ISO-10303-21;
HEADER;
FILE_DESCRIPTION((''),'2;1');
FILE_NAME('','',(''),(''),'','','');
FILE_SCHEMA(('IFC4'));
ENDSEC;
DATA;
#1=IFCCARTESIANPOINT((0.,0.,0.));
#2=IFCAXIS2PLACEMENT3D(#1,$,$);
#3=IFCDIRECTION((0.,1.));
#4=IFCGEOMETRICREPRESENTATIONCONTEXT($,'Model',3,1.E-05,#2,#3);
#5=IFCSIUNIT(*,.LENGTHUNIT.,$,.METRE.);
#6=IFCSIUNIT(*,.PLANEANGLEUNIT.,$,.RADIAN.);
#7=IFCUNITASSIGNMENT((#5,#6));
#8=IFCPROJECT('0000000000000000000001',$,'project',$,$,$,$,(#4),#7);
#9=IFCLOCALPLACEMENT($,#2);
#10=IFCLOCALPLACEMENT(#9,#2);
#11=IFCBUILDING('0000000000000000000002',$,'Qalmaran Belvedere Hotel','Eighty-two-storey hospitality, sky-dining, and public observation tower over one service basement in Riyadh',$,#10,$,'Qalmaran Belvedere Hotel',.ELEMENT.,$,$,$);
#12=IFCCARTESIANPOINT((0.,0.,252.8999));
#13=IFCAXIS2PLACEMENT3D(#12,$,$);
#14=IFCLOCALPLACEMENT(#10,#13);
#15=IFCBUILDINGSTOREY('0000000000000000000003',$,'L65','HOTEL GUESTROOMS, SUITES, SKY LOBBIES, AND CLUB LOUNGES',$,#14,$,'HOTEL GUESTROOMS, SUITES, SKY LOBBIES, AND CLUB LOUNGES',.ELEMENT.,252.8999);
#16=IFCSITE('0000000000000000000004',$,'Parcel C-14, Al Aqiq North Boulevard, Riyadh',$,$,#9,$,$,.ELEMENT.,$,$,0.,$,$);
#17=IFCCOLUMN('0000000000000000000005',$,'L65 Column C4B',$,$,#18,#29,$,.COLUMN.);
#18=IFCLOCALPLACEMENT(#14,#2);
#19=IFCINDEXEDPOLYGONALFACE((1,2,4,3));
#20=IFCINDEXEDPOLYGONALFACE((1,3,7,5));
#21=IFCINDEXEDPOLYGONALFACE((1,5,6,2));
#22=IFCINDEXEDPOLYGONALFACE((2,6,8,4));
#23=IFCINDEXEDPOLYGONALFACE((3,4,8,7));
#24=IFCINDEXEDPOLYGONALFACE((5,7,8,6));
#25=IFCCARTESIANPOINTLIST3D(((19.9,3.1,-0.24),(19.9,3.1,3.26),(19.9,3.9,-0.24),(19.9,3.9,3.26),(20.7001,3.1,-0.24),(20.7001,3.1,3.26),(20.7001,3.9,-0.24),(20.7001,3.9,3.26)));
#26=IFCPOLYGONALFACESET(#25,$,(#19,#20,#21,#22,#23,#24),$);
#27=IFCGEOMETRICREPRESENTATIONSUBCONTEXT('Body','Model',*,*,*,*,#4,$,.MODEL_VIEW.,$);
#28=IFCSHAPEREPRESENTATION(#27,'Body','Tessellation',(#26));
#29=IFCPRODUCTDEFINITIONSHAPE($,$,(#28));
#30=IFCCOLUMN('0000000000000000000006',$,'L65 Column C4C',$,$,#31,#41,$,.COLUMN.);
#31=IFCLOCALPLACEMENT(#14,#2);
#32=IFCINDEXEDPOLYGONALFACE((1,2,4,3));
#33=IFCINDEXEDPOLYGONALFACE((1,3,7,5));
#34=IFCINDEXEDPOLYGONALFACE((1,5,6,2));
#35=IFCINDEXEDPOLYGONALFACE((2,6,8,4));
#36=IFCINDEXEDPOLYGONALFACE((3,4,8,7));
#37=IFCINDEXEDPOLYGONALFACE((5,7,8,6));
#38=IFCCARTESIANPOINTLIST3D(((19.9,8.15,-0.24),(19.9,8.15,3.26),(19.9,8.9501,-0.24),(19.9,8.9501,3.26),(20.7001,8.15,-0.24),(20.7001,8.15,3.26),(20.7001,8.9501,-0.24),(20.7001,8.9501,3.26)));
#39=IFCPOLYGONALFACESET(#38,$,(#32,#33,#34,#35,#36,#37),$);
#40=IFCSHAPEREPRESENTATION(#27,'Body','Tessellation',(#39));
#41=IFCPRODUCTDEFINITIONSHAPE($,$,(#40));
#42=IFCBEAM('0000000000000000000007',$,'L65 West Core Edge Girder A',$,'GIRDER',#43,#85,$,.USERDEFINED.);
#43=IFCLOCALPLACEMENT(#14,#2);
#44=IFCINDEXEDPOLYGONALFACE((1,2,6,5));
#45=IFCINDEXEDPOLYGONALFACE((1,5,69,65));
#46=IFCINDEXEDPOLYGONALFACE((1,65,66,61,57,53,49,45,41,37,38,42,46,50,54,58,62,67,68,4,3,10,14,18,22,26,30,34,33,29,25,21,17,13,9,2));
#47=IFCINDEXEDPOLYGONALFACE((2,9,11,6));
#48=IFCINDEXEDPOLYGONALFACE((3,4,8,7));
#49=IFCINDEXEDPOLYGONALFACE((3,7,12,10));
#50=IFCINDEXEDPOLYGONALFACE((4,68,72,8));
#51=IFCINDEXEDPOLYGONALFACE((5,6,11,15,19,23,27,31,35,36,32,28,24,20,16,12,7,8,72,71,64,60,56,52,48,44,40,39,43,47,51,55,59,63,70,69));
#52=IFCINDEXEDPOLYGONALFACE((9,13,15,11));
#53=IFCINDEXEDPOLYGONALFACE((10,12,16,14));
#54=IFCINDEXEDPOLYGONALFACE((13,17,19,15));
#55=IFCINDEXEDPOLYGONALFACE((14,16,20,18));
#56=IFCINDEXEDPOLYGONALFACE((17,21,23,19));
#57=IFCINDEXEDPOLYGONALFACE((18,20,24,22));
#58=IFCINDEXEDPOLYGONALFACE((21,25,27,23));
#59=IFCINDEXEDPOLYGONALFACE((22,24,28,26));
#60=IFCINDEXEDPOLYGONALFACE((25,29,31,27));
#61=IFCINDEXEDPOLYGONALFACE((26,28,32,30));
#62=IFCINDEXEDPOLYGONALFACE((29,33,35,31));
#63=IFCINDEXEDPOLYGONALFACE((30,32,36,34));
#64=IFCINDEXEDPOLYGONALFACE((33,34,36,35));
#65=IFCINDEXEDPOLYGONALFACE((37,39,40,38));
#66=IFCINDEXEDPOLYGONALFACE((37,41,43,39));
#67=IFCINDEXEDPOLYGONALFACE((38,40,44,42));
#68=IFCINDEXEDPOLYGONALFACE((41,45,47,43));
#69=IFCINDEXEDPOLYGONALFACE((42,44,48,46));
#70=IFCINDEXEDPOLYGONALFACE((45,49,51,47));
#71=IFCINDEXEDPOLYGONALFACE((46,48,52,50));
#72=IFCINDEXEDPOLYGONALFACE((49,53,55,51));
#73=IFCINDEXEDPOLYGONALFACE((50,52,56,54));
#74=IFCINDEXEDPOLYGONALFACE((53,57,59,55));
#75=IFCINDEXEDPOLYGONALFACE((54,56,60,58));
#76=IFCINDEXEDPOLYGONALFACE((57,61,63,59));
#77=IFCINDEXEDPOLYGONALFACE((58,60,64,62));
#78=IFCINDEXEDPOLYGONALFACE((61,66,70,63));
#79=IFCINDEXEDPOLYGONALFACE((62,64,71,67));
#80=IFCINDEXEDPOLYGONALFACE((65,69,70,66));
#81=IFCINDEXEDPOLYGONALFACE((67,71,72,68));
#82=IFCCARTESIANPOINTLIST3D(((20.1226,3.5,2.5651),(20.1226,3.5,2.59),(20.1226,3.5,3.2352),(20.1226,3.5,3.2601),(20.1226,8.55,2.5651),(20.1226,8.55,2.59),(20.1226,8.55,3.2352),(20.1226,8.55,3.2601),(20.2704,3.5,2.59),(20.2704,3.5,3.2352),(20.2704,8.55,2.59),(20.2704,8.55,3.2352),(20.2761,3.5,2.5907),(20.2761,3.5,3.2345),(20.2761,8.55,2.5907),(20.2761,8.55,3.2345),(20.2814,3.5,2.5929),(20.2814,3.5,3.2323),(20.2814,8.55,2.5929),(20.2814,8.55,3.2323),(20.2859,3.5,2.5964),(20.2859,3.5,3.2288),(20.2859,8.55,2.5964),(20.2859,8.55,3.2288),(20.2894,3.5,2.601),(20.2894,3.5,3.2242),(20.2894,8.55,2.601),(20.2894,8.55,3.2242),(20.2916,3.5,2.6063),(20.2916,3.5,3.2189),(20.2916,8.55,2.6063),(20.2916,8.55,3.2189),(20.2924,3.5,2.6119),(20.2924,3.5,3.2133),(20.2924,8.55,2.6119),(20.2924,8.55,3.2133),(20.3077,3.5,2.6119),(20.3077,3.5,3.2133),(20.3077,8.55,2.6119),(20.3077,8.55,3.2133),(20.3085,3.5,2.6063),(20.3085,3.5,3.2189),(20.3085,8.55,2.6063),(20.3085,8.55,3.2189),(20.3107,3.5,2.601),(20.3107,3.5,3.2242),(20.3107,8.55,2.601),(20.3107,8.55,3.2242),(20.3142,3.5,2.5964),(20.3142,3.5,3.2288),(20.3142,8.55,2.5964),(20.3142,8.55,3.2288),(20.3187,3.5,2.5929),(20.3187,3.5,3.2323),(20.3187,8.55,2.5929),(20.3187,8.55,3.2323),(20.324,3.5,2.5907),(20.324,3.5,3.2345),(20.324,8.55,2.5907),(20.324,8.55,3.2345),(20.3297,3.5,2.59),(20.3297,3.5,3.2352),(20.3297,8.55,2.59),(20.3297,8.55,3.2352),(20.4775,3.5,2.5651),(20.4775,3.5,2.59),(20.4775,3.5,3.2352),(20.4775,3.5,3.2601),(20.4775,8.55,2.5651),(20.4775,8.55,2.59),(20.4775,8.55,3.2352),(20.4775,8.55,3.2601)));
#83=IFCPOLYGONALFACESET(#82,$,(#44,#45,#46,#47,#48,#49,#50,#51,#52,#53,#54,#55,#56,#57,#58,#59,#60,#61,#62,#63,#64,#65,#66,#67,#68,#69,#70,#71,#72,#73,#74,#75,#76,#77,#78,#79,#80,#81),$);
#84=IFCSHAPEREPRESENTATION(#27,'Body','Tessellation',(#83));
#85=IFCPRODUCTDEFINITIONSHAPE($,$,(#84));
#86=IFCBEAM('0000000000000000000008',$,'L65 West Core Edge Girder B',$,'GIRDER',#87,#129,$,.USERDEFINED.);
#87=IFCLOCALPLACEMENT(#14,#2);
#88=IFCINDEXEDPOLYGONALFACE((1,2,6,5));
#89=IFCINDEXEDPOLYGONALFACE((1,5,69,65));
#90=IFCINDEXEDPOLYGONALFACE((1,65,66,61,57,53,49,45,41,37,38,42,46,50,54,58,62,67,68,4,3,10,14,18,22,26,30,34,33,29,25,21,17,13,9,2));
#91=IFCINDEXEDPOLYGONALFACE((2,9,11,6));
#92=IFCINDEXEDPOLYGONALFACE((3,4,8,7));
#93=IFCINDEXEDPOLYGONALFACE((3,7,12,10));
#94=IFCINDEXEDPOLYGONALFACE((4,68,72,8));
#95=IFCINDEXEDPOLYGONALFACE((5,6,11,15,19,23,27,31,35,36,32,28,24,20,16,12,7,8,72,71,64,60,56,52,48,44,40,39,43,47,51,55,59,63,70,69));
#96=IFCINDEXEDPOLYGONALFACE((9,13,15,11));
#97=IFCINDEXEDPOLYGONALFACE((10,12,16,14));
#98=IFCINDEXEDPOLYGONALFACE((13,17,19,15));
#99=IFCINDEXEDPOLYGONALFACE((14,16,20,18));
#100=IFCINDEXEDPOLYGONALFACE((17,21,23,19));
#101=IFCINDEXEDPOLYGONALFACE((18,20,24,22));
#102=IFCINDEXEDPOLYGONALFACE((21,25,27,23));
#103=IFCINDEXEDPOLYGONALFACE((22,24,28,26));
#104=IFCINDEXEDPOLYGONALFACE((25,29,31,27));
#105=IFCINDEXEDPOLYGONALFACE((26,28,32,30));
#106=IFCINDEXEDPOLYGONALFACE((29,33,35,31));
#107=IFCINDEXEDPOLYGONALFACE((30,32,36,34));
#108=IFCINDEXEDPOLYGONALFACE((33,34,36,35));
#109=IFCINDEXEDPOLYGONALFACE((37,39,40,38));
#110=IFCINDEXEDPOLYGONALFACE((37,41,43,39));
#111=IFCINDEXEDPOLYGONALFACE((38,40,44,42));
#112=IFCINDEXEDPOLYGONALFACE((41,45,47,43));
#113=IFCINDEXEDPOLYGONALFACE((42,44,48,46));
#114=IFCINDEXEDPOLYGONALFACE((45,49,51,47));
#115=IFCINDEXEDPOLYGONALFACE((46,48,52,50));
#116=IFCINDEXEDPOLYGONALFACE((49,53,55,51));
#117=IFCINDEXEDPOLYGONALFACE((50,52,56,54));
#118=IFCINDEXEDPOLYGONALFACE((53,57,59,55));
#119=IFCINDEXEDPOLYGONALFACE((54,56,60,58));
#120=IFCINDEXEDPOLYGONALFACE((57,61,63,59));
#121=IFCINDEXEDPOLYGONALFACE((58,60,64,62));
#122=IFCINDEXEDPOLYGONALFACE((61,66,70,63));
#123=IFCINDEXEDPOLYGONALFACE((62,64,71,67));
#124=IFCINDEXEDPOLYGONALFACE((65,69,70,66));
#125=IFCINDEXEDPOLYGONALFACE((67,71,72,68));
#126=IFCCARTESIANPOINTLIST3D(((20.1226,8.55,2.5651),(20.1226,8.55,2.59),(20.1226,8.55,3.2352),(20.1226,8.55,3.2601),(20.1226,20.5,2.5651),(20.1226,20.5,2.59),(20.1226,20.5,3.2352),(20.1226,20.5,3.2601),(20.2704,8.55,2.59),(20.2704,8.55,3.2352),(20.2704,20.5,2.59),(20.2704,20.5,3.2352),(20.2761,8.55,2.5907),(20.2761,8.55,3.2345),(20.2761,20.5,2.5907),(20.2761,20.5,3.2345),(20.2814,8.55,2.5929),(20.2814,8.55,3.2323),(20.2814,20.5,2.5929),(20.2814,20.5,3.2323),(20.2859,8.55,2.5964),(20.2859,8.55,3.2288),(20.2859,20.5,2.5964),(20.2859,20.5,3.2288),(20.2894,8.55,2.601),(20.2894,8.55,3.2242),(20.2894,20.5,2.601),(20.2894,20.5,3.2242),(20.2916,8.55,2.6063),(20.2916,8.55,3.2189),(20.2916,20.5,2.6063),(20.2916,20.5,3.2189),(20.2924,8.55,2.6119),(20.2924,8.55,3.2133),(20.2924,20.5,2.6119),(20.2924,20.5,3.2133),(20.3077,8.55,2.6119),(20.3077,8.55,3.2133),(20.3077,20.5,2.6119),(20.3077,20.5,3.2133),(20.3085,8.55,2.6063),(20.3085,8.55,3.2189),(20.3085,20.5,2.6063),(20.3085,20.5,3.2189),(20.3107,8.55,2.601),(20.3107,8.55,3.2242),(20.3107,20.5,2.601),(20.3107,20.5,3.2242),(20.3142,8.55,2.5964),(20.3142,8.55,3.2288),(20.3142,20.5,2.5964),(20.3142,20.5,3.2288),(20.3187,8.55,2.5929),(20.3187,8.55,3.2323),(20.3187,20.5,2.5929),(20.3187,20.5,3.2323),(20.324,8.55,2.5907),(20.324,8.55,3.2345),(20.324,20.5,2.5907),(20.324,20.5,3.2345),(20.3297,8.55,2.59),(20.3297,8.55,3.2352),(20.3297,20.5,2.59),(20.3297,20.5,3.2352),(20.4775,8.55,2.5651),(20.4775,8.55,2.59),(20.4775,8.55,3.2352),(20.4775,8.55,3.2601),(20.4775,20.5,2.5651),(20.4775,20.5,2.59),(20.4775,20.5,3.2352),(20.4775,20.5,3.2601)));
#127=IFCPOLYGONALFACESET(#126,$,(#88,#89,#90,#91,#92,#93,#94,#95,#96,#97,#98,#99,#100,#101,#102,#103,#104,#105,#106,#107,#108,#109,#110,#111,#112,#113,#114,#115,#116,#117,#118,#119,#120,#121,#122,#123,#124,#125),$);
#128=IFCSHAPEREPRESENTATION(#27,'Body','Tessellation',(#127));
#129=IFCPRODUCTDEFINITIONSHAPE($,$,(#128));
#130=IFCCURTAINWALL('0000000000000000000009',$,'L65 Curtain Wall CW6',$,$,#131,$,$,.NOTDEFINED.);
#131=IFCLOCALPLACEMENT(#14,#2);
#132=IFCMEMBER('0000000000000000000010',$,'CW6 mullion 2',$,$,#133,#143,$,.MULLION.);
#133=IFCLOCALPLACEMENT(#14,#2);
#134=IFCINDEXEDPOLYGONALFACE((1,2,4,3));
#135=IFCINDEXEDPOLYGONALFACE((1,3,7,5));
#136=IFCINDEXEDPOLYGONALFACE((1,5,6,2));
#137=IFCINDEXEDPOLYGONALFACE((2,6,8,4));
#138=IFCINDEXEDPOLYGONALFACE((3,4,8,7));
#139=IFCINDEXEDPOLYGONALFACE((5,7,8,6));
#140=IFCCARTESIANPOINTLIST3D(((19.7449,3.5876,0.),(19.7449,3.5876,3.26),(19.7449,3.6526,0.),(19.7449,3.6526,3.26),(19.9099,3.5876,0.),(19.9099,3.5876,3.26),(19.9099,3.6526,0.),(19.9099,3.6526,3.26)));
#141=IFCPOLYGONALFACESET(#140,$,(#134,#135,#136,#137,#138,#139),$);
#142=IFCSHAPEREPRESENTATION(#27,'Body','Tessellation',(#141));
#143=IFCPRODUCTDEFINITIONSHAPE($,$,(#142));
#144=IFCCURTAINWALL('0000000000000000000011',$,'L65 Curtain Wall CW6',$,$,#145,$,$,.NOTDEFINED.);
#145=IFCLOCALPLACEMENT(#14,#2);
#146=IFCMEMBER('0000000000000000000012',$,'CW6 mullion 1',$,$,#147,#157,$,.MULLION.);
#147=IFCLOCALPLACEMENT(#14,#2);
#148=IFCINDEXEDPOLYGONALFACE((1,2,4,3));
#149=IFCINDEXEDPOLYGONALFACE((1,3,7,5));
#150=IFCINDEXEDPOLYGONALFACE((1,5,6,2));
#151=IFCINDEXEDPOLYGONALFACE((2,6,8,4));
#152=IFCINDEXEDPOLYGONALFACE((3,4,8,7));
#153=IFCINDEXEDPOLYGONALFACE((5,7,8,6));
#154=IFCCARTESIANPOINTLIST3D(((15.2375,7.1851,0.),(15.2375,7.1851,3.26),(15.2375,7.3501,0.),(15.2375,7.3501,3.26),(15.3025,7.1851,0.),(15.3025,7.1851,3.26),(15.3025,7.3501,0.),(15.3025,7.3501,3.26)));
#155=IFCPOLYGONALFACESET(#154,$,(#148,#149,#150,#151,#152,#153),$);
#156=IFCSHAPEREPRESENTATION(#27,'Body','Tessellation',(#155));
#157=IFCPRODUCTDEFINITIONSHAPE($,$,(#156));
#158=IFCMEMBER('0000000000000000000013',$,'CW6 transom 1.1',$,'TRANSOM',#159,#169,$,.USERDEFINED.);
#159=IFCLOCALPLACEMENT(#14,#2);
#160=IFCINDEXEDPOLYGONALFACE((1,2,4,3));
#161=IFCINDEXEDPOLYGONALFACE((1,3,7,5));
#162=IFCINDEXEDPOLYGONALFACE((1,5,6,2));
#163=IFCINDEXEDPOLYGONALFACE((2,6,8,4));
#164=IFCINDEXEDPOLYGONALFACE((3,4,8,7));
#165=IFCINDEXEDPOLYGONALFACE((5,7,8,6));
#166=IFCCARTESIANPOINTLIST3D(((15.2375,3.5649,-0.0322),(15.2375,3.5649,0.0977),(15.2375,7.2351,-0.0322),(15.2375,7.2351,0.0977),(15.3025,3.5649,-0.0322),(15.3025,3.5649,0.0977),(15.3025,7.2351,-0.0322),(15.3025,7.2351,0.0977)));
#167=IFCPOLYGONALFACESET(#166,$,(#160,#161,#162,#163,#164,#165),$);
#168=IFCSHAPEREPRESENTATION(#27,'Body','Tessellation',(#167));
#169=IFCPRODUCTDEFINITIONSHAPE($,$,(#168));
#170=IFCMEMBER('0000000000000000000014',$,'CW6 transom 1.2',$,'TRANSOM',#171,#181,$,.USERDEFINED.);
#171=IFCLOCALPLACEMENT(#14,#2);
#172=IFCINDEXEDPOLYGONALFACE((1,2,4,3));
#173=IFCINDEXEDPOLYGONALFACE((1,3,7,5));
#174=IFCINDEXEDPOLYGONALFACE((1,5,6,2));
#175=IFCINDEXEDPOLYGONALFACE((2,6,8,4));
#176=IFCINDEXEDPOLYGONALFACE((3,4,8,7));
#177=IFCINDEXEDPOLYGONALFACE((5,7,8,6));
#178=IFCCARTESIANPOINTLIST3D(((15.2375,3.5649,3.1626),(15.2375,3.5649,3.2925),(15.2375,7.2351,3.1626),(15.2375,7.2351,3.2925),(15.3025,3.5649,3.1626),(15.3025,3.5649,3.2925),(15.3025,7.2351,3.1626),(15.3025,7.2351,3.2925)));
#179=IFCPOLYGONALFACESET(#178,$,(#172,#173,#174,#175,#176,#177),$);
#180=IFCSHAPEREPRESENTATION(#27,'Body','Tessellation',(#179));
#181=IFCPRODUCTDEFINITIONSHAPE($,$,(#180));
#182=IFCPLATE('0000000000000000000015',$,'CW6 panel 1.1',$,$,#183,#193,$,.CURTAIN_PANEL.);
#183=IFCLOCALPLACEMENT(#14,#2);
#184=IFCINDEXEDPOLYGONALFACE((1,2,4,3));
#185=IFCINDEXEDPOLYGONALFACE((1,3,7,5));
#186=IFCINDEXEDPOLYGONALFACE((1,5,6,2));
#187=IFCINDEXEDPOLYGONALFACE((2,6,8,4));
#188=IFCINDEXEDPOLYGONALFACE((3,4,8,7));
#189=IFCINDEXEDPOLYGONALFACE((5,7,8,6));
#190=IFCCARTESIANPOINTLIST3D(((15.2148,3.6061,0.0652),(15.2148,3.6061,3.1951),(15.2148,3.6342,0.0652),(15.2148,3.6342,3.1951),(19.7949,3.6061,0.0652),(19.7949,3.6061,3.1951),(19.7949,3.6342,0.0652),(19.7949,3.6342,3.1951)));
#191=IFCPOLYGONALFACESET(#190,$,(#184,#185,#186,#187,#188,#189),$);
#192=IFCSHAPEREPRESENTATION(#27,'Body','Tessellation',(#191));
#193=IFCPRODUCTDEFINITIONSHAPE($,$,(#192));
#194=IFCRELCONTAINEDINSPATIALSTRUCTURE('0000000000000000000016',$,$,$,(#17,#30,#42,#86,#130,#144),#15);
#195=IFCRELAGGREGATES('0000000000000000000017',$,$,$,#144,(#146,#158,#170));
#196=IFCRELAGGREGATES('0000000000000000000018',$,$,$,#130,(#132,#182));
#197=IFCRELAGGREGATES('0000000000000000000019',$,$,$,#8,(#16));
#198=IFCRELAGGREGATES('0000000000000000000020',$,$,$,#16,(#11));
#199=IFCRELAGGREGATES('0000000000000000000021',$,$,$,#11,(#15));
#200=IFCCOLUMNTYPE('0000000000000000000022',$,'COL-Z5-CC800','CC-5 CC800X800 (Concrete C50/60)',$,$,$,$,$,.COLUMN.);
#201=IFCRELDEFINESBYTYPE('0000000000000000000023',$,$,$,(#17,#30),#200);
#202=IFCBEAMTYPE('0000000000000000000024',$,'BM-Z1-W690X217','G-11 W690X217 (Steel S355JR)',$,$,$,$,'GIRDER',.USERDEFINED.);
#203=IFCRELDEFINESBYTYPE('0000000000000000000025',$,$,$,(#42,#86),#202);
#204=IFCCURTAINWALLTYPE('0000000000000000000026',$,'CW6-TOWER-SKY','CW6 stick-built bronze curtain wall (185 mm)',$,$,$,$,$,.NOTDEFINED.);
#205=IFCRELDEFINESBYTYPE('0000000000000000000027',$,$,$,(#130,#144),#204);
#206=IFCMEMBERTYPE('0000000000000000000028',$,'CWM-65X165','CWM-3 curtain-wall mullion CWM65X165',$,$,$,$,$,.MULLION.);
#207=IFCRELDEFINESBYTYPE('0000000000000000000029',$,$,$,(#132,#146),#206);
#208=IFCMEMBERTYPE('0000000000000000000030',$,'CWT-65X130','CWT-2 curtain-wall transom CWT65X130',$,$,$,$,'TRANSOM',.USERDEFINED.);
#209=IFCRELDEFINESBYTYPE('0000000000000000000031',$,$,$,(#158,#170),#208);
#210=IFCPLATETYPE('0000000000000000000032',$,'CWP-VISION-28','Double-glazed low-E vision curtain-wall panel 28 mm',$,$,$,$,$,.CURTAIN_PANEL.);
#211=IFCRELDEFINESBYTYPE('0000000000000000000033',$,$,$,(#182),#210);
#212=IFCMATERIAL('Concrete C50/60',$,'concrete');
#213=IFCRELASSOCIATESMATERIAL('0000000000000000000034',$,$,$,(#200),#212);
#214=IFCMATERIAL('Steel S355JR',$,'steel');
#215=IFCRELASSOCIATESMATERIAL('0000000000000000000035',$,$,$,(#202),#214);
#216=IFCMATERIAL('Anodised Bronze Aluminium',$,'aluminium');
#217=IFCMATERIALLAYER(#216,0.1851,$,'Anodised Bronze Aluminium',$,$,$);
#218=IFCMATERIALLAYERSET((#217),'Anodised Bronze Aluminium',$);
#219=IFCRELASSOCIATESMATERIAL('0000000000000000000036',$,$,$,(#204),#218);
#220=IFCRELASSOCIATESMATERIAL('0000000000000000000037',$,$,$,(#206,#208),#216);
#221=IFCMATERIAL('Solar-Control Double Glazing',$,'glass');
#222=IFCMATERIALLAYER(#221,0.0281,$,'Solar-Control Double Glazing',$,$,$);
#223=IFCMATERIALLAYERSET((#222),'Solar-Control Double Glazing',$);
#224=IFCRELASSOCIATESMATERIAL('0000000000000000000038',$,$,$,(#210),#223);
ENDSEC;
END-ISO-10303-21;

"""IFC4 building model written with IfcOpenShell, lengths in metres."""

from ifc_helpers import new_model, si_unit, direction, frame, origin, origin_2d, place, context, subcontext, project, spatial, rectangle, i_section, extrude, material, layer, layer_set, material_profile, profile_set, type_object, element, aggregate, save


model = new_model("IFC4")

# Units and contexts
model_context = context("Model", 3, precision=1e-05, world=origin(), true_north=direction((0.0, 1.0)))
body_context = subcontext(model_context, "Body", "Model", "MODEL_VIEW")
ifc_project = project(units=[si_unit("LENGTHUNIT", "METRE"), si_unit("PLANEANGLEUNIT", "RADIAN")], contexts=[model_context])

# Site, building, storey
site_placement = place(None, origin())
site = spatial("IfcSite", under=ifc_project, at=site_placement, Name="Parcel C-14, Al Aqiq North Boulevard, Riyadh", CompositionType="ELEMENT", RefElevation=0.0)
building_placement = place(site_placement, origin())
building = spatial("IfcBuilding", under=site, at=building_placement, Name="Qalmaran Belvedere Hotel", Description="Eighty-two-storey hospitality, sky-dining, and public observation tower over one service basement in Riyadh", LongName="Qalmaran Belvedere Hotel", CompositionType="ELEMENT")
storey_placement = place(building_placement, frame((0.0, 0.0, 252.8999)))
storey = spatial("IfcBuildingStorey", under=building, at=storey_placement, Name="L65", Description="HOTEL GUESTROOMS, SUITES, SKY LOBBIES, AND CLUB LOUNGES", LongName="HOTEL GUESTROOMS, SUITES, SKY LOBBIES, AND CLUB LOUNGES", CompositionType="ELEMENT", Elevation=252.8999)

# Columns
ifc_material_1 = material(Name="Concrete C50/60", Category="concrete")
ifc_material_profile_1 = material_profile(ifc_material_1, rectangle(XDim=0.8, YDim=0.8, at=origin_2d()), Name="CC800X800")
ifc_profile_set_1 = profile_set([ifc_material_profile_1], Name="Concrete C50/60")
column_type = type_object("IfcColumnType", Name="COL-Z5-CC800", Description="CC-5 CC800X800 (Concrete C50/60)", PredefinedType="COLUMN", material=ifc_profile_set_1)
for number, where, z_axis, x_axis, name in (
    (1, (20.3, 3.5, -0.24), (0.0, 0.0, 1.0), (1.0, 0.0, 0.0), "L65 Column C4B"),
    (2, (20.3, 8.55, -0.24), (0.0, 0.0, 1.0), (1.0, 0.0, 0.0), "L65 Column C4C"),
):
    element("IfcColumn", number, at=place(storey_placement, frame(where, z_axis=z_axis, x_axis=x_axis)), inside=storey, type_object=column_type, Name=name, PredefinedType="COLUMN", context=body_context, shape_type="SweptSolid", body=[
        extrude(rectangle(XDim=0.8, YDim=0.8, at=origin_2d()), origin(), (0.0, 0.0, 1.0), 3.5),
    ])

# Beams
ifc_material_2 = material(Name="Steel S355JR", Category="steel")
ifc_material_profile_2 = material_profile(ifc_material_2, i_section(OverallWidth=0.355, OverallDepth=0.6951, WebThickness=0.0154, FlangeThickness=0.0249, FilletRadius=0.022, at=origin_2d()), Name="W690X217")
ifc_profile_set_2 = profile_set([ifc_material_profile_2], Name="Steel S355JR")
beam_type = type_object("IfcBeamType", Name="BM-Z1-W690X217", Description="G-11 W690X217 (Steel S355JR)", ElementType="GIRDER", PredefinedType="USERDEFINED", material=ifc_profile_set_2)
beam_1_placement = place(storey_placement, frame((20.3, 3.5, 2.9126), z_axis=(0.0, 1.0, 0.0), x_axis=(-1.0, 0.0, 0.0)))
element("IfcBeam", 3, at=beam_1_placement, inside=storey, type_object=beam_type, Name="L65 West Core Edge Girder A", ObjectType="GIRDER", PredefinedType="USERDEFINED", context=body_context, shape_type="SweptSolid", body=[
    extrude(i_section(OverallWidth=0.355, OverallDepth=0.6951, WebThickness=0.0154, FlangeThickness=0.0249, FilletRadius=0.022, at=origin_2d()), origin(), (0.0, 0.0, 1.0), 5.05),
])
beam_2_placement = place(storey_placement, frame((20.3, 8.55, 2.9126), z_axis=(0.0, 1.0, 0.0), x_axis=(-1.0, 0.0, 0.0)))
element("IfcBeam", 4, at=beam_2_placement, inside=storey, type_object=beam_type, Name="L65 West Core Edge Girder B", ObjectType="GIRDER", PredefinedType="USERDEFINED", context=body_context, shape_type="SweptSolid", body=[
    extrude(i_section(OverallWidth=0.355, OverallDepth=0.6951, WebThickness=0.0154, FlangeThickness=0.0249, FilletRadius=0.022, at=origin_2d()), origin(), (0.0, 0.0, 1.0), 11.95),
])

# Curtain wall, member
ifc_material_3 = material(Name="Anodised Bronze Aluminium", Category="aluminium")
ifc_layer_1 = layer(ifc_material_3, 0.1851, Name="Anodised Bronze Aluminium")
ifc_layer_set_1 = layer_set([ifc_layer_1], Name="Anodised Bronze Aluminium")
curtain_wall_type = type_object("IfcCurtainWallType", Name="CW6-TOWER-SKY", Description="CW6 stick-built bronze curtain wall (185 mm)", PredefinedType="NOTDEFINED", material=ifc_layer_set_1)
curtain_wall_1_placement = place(storey_placement, origin())
curtain_wall_1 = element("IfcCurtainWall", 5, at=curtain_wall_1_placement, inside=storey, type_object=curtain_wall_type, Name="L65 Curtain Wall CW6", PredefinedType="NOTDEFINED")
ifc_material_profile_3 = material_profile(ifc_material_3, rectangle(XDim=0.0649, YDim=0.165, at=origin_2d()), Name="CWM65X165")
ifc_profile_set_3 = profile_set([ifc_material_profile_3], Name="Anodised Bronze Aluminium")
member_type_1 = type_object("IfcMemberType", Name="CWM-65X165", Description="CWM-3 curtain-wall mullion CWM65X165", PredefinedType="MULLION", material=ifc_profile_set_3)
member_1_placement = place(storey_placement, frame((19.8274, 3.6201, 0.0), z_axis=(0.0, 0.0, 1.0), x_axis=(0.0, 1.0, 0.0)))
member_1 = element("IfcMember", 6, at=member_1_placement, type_object=member_type_1, Name="CW6 mullion 2", PredefinedType="MULLION", context=body_context, shape_type="SweptSolid", body=[
    extrude(rectangle(XDim=0.0649, YDim=0.165, at=origin_2d()), origin(), (0.0, 0.0, 1.0), 3.26),
])

# Curtain wall, members
curtain_wall_2_placement = place(storey_placement, origin())
curtain_wall_2 = element("IfcCurtainWall", 7, at=curtain_wall_2_placement, inside=storey, type_object=curtain_wall_type, Name="L65 Curtain Wall CW6", PredefinedType="NOTDEFINED")
member_2_placement = place(storey_placement, frame((15.27, 7.2676, 0.0), z_axis=(0.0, 0.0, 1.0), x_axis=(1.0, 0.0, 0.0)))
member_2 = element("IfcMember", 8, at=member_2_placement, type_object=member_type_1, Name="CW6 mullion 1", PredefinedType="MULLION", context=body_context, shape_type="SweptSolid", body=[
    extrude(rectangle(XDim=0.0649, YDim=0.165, at=origin_2d()), origin(), (0.0, 0.0, 1.0), 3.26),
])
ifc_material_profile_4 = material_profile(ifc_material_3, rectangle(XDim=0.0649, YDim=0.1299, at=origin_2d()), Name="CWT65X130")
ifc_profile_set_4 = profile_set([ifc_material_profile_4], Name="Anodised Bronze Aluminium")
member_type_2 = type_object("IfcMemberType", Name="CWT-65X130", Description="CWT-2 curtain-wall transom CWT65X130", ElementType="TRANSOM", PredefinedType="USERDEFINED", material=ifc_profile_set_4)
member_3_placement = place(storey_placement, frame((15.27, 7.2351, 0.0327), z_axis=(0.0, -1.0, 0.0), x_axis=(1.0, 0.0, 0.0)))
member_3 = element("IfcMember", 9, at=member_3_placement, type_object=member_type_2, Name="CW6 transom 1.1", ObjectType="TRANSOM", PredefinedType="USERDEFINED", context=body_context, shape_type="SweptSolid", body=[
    extrude(rectangle(XDim=0.0649, YDim=0.1299, at=origin_2d()), origin(), (0.0, 0.0, 1.0), 3.6702),
])
member_4_placement = place(storey_placement, frame((15.27, 7.2351, 3.2275), z_axis=(0.0, -1.0, 0.0), x_axis=(1.0, 0.0, 0.0)))
member_4 = element("IfcMember", 10, at=member_4_placement, type_object=member_type_2, Name="CW6 transom 1.2", ObjectType="TRANSOM", PredefinedType="USERDEFINED", context=body_context, shape_type="SweptSolid", body=[
    extrude(rectangle(XDim=0.0649, YDim=0.1299, at=origin_2d()), origin(), (0.0, 0.0, 1.0), 3.6702),
])
aggregate(curtain_wall_2, [member_2, member_3, member_4])

# Plate
ifc_material_4 = material(Name="Solar-Control Double Glazing", Category="glass")
ifc_layer_2 = layer(ifc_material_4, 0.0281, Name="Solar-Control Double Glazing")
ifc_layer_set_2 = layer_set([ifc_layer_2], Name="Solar-Control Double Glazing")
plate_type = type_object("IfcPlateType", Name="CWP-VISION-28", Description="Double-glazed low-E vision curtain-wall panel 28 mm", PredefinedType="CURTAIN_PANEL", material=ifc_layer_set_2)
plate_placement = place(storey_placement, frame((17.5049, 3.6201, 0.0652), z_axis=(0.0, 0.0, 1.0), x_axis=(1.0, 0.0, 0.0)))
plate = element("IfcPlate", 11, at=plate_placement, type_object=plate_type, Name="CW6 panel 1.1", PredefinedType="CURTAIN_PANEL", context=body_context, shape_type="SweptSolid", body=[
    extrude(rectangle(XDim=4.5801, YDim=0.0281, at=origin_2d()), origin(), (0.0, 0.0, 1.0), 3.1299),
])
aggregate(curtain_wall_1, [member_1, plate])

save(model, "model.ifc")
